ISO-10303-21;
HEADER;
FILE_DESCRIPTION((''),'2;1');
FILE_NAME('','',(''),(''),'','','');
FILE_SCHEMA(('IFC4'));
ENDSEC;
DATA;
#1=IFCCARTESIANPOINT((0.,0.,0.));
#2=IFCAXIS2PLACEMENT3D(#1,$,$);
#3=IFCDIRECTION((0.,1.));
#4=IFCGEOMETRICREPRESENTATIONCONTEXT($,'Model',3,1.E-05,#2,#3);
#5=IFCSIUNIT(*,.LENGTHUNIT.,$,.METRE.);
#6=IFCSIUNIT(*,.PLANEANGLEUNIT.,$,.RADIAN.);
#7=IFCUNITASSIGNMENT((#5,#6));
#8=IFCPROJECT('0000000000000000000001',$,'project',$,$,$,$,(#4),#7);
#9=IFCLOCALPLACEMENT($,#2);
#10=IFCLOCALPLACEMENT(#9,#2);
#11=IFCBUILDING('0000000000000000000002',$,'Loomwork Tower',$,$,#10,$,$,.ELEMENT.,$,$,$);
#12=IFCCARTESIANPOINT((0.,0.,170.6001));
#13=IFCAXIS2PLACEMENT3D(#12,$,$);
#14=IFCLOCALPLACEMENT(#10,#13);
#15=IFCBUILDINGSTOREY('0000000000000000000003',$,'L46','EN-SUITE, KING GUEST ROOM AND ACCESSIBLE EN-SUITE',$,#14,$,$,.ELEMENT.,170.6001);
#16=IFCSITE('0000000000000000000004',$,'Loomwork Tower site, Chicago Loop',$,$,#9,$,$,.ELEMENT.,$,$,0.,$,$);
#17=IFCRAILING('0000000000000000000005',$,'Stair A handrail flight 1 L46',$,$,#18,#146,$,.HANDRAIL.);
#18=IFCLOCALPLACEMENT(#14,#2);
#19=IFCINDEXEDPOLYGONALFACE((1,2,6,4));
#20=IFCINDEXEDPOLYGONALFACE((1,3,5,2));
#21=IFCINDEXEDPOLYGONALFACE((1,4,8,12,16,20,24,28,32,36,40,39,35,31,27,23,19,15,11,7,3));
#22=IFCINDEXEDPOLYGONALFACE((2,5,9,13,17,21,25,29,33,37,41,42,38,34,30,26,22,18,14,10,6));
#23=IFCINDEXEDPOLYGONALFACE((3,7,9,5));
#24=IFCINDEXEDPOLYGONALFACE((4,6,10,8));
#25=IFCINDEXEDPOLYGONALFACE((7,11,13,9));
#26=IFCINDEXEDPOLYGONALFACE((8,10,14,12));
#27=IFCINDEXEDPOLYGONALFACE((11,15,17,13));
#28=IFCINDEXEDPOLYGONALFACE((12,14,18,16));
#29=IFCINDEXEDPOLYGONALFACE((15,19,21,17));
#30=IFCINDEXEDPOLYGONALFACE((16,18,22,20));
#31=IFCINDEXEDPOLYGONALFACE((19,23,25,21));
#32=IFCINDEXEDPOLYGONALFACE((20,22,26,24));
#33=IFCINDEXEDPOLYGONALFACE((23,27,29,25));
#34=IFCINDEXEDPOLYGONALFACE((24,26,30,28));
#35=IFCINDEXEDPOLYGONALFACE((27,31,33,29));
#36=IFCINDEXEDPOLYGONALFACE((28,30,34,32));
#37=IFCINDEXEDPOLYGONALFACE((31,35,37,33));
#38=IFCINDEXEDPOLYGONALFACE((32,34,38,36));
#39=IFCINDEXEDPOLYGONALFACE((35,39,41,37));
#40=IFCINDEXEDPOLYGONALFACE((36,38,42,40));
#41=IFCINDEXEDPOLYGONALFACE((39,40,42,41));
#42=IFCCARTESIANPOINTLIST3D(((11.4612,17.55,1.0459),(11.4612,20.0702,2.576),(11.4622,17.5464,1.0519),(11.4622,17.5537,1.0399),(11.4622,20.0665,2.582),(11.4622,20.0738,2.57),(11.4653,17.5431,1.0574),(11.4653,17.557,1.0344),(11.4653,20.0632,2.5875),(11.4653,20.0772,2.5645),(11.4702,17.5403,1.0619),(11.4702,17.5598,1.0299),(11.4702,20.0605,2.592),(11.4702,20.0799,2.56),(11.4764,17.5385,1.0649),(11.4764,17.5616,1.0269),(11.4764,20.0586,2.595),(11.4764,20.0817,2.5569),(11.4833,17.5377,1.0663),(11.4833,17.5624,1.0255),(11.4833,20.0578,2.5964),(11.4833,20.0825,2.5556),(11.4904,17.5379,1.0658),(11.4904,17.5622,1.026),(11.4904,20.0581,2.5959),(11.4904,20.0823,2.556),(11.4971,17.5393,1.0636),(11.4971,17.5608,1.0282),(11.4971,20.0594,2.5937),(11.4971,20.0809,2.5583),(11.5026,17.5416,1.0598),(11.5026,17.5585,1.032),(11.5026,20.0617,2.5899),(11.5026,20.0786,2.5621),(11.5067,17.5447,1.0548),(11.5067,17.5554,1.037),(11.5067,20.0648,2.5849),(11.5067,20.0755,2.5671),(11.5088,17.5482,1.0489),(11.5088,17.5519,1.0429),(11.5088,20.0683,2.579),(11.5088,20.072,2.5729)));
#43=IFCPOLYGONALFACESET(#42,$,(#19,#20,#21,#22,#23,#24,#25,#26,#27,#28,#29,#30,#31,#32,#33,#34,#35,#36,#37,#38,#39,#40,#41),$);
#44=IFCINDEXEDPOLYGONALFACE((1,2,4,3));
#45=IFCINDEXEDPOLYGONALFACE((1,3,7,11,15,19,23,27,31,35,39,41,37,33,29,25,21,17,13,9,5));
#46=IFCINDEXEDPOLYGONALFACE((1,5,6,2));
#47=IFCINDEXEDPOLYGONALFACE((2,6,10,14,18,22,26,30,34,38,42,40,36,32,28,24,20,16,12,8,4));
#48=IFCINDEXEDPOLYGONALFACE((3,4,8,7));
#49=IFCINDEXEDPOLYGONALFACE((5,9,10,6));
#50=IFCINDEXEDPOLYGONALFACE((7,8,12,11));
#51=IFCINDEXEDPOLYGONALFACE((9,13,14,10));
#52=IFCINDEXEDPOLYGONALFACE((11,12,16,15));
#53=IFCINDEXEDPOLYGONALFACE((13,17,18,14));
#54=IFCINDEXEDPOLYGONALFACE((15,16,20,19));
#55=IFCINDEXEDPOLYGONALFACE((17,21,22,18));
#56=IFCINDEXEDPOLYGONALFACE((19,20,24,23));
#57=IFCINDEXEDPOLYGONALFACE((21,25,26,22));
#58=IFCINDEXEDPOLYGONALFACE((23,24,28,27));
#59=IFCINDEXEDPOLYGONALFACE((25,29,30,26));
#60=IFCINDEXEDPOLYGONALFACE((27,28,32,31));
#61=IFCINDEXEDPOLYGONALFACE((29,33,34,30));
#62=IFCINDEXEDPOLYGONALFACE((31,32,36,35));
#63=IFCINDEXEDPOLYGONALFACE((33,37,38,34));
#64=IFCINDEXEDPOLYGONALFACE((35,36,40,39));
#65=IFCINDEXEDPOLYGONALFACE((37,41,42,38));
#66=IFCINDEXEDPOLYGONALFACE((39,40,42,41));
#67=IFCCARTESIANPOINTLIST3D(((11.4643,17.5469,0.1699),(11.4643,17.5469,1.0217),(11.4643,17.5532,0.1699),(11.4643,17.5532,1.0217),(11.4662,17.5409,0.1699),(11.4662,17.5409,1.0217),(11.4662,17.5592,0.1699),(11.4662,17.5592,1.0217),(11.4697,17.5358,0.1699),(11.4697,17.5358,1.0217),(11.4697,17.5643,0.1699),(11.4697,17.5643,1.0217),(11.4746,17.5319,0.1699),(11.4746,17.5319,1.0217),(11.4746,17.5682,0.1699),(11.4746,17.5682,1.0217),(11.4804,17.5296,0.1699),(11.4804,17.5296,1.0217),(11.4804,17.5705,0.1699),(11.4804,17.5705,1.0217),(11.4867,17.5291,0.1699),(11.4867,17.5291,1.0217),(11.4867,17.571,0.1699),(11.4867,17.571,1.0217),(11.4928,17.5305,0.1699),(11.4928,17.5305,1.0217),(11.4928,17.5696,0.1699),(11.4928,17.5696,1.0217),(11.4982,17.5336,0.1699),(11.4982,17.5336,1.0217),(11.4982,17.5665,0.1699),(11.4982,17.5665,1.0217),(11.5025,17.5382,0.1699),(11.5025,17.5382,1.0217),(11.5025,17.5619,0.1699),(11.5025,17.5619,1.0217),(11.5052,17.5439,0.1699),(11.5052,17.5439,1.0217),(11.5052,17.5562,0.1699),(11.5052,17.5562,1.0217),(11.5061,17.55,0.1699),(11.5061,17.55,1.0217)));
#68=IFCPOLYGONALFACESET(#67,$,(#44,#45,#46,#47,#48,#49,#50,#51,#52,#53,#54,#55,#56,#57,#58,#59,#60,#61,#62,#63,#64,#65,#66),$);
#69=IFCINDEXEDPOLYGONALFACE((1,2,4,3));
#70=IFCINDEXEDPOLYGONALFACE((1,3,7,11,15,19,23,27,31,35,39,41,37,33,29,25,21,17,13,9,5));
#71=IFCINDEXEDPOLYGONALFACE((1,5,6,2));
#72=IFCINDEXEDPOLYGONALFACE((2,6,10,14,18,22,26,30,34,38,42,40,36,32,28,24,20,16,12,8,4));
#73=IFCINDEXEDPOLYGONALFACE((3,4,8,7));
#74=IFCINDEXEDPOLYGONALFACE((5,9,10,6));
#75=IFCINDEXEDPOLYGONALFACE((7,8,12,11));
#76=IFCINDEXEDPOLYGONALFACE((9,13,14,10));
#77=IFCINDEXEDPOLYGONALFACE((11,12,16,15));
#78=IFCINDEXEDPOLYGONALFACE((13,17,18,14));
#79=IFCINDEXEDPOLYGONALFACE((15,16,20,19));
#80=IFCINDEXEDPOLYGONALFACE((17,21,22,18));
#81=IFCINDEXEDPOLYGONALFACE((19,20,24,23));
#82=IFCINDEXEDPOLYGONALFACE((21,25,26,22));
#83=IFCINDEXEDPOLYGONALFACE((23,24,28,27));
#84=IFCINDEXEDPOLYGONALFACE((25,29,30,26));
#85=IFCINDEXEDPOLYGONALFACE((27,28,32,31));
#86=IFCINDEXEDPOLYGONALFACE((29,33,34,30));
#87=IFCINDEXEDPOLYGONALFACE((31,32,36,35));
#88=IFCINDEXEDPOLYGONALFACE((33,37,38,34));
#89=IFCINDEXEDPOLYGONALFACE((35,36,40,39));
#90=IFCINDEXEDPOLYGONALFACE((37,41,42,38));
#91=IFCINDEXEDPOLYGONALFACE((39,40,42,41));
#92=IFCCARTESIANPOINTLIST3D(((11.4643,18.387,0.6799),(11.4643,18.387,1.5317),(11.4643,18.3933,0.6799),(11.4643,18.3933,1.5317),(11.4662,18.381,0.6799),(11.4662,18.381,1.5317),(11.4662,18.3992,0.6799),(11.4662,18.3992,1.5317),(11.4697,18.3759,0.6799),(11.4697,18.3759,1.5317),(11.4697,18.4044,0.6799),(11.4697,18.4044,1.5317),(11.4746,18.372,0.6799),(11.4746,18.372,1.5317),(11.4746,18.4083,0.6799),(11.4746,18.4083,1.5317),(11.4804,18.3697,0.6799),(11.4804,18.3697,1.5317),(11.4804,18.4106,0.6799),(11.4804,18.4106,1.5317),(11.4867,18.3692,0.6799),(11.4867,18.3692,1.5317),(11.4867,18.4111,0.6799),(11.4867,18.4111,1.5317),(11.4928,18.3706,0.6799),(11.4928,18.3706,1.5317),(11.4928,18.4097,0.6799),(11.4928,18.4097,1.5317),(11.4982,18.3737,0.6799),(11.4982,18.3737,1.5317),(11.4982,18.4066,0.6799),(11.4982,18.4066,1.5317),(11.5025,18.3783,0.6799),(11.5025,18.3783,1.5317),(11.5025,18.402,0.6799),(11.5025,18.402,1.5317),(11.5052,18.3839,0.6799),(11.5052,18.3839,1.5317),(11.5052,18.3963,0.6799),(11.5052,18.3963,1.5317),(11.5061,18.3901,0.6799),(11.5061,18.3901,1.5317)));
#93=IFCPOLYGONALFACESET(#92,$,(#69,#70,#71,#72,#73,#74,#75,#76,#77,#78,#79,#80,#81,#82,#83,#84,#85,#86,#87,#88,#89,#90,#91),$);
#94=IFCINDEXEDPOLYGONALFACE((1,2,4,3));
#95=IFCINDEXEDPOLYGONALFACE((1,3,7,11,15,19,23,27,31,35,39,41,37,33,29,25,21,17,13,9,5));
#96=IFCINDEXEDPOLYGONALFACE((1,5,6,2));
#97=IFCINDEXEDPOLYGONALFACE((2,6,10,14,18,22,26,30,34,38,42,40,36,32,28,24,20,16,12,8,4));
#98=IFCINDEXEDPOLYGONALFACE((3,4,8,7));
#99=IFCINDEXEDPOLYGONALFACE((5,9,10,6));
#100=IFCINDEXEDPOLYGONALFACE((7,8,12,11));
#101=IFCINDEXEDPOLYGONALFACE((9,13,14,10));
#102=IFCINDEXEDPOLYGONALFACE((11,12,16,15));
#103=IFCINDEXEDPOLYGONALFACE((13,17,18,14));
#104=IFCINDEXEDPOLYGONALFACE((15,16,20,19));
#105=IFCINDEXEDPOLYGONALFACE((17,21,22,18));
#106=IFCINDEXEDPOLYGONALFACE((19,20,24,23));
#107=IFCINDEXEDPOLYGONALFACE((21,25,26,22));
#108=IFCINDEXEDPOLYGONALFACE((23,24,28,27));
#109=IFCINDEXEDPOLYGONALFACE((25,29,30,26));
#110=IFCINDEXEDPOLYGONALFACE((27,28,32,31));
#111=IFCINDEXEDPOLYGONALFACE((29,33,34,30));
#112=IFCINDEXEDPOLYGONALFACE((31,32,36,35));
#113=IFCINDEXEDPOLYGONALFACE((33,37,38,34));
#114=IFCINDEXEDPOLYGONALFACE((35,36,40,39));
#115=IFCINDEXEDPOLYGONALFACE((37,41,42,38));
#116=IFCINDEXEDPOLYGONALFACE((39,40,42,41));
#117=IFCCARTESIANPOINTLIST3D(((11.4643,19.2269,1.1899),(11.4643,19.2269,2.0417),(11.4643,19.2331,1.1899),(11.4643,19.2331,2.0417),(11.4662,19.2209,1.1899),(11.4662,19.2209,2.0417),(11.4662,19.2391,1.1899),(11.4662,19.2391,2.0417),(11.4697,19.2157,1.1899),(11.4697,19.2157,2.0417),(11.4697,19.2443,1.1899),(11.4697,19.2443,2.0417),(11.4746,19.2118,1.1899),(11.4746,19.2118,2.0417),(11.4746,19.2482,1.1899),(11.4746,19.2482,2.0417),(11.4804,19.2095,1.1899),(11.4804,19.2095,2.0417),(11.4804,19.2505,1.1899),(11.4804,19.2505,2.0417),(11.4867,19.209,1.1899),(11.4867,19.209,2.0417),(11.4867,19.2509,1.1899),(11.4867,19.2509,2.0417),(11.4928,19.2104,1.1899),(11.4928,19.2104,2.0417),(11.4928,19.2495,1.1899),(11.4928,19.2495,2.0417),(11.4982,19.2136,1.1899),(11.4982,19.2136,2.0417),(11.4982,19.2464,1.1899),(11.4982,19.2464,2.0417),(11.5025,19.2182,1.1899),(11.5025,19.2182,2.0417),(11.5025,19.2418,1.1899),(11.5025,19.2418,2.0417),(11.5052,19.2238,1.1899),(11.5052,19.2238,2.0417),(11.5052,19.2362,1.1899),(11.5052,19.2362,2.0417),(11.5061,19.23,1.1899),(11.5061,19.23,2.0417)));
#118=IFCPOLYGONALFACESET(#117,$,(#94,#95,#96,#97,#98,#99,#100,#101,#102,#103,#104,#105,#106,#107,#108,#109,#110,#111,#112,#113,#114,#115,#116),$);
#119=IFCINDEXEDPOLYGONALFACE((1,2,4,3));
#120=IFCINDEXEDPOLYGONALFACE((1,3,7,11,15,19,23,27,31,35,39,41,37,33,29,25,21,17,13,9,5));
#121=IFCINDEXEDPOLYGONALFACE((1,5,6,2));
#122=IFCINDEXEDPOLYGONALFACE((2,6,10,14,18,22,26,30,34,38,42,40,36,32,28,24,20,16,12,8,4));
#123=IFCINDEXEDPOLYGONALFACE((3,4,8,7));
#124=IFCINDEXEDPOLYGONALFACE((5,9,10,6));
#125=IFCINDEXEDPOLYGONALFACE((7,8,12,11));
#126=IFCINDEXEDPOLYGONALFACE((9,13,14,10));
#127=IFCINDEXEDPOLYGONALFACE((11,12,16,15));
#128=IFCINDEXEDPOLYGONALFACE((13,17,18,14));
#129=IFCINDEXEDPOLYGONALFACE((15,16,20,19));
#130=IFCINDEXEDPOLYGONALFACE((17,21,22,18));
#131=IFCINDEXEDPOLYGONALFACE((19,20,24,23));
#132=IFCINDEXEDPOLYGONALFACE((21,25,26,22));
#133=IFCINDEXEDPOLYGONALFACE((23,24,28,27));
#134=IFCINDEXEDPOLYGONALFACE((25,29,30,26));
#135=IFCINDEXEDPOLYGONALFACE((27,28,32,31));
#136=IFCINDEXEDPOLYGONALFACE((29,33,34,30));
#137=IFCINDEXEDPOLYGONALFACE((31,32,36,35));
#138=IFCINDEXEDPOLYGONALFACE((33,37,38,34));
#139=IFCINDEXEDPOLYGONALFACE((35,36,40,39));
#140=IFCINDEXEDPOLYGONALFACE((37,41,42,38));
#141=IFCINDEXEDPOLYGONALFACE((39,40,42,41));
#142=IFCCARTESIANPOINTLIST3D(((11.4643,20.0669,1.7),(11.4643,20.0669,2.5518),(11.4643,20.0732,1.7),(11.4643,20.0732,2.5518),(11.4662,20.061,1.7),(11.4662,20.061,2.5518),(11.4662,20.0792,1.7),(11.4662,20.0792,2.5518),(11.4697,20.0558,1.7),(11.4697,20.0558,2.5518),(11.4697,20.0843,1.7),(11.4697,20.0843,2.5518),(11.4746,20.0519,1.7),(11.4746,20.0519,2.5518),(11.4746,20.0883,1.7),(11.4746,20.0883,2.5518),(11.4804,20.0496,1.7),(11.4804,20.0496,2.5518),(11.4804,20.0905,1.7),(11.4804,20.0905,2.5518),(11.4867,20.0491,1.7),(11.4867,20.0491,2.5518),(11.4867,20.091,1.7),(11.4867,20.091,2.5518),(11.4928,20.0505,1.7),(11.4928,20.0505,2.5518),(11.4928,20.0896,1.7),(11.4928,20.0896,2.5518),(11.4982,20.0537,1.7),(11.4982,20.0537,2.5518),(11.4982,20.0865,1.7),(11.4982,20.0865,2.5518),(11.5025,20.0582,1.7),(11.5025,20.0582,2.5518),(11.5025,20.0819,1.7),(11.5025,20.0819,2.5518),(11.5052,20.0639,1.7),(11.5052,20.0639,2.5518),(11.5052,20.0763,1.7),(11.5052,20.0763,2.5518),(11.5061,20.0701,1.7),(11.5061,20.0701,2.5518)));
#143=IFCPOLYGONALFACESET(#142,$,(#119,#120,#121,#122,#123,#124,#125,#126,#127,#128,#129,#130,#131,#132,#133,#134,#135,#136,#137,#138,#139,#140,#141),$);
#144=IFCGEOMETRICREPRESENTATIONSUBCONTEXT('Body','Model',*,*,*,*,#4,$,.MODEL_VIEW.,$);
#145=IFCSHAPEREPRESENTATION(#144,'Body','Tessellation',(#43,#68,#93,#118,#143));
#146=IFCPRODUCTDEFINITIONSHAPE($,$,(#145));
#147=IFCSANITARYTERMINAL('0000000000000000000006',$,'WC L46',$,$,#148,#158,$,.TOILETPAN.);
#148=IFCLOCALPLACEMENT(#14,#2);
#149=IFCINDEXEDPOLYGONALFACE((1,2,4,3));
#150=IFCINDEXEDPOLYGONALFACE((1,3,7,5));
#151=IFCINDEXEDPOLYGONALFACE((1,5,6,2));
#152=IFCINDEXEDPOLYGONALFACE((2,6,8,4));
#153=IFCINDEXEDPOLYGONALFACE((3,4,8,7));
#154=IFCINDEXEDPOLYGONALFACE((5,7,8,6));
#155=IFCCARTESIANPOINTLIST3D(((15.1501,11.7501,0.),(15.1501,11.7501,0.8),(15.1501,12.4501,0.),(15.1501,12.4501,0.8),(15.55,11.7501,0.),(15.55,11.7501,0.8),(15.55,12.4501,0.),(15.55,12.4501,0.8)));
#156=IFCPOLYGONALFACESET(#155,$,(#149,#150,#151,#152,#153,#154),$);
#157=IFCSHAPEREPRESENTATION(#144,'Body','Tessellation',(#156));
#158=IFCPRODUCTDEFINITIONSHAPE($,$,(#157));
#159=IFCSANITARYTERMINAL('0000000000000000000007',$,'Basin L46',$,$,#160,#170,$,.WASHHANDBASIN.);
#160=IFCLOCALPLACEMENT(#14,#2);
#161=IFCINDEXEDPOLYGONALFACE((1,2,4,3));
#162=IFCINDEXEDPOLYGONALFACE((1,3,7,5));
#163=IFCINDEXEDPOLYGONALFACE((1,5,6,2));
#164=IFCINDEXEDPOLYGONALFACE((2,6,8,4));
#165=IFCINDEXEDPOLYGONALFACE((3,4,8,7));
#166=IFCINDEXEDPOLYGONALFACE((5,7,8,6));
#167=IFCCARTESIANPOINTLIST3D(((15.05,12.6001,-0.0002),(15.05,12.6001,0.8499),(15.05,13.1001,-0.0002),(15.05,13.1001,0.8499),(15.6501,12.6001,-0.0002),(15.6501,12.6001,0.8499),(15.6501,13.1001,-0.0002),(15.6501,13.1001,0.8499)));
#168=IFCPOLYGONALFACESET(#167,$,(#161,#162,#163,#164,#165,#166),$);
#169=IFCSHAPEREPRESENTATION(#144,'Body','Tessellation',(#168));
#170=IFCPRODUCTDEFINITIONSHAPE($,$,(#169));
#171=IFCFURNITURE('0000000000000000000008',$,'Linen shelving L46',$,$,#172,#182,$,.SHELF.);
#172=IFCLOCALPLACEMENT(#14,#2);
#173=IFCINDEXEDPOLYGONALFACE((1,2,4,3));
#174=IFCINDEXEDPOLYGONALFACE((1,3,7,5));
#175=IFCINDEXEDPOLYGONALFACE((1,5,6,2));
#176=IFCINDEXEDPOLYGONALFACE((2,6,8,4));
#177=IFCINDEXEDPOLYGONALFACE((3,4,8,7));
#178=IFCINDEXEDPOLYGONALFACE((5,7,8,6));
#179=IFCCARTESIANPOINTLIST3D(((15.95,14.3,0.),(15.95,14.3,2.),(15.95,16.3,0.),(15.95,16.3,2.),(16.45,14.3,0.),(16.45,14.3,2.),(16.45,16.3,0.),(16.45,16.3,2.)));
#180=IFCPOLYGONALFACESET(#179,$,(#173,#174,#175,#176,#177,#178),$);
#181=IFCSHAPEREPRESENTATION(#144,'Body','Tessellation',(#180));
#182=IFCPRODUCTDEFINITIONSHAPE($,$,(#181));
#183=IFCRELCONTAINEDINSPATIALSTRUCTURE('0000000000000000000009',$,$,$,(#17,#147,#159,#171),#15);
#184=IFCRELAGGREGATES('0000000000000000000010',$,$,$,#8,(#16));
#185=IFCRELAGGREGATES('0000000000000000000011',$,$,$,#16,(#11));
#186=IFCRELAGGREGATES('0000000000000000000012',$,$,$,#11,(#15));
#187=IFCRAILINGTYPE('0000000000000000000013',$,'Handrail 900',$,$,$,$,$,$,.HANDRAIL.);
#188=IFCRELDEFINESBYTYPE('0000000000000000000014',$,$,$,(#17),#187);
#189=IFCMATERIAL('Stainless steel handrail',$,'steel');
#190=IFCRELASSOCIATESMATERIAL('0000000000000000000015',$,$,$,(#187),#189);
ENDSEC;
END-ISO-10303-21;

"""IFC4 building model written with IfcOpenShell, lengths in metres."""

from ifc_helpers import new_model, si_unit, direction, frame, origin, origin_2d, place, context, subcontext, project, spatial, rectangle, circle, extrude, material, type_object, element, save


model = new_model("IFC4")

# Units and contexts
model_context = context("Model", 3, precision=1e-05, world=origin(), true_north=direction((0.0, 1.0)))
body_context = subcontext(model_context, "Body", "Model", "MODEL_VIEW")
ifc_project = project(units=[si_unit("LENGTHUNIT", "METRE"), si_unit("PLANEANGLEUNIT", "RADIAN")], contexts=[model_context])

# Site, building, storey
site_placement = place(None, origin())
site = spatial("IfcSite", under=ifc_project, at=site_placement, Name="Loomwork Tower site, Chicago Loop", CompositionType="ELEMENT", RefElevation=0.0)
building_placement = place(site_placement, origin())
building = spatial("IfcBuilding", under=site, at=building_placement, Name="Loomwork Tower", CompositionType="ELEMENT")
storey_placement = place(building_placement, frame((0.0, 0.0, 170.6001)))
storey = spatial("IfcBuildingStorey", under=building, at=storey_placement, Name="L46", Description="EN-SUITE, KING GUEST ROOM AND ACCESSIBLE EN-SUITE", CompositionType="ELEMENT", Elevation=170.6001)

# Railing
ifc_material_1 = material(Name="Stainless steel handrail", Category="steel")
railing_type = type_object("IfcRailingType", Name="Handrail 900", PredefinedType="HANDRAIL", material=ifc_material_1)
railing_placement = place(storey_placement, frame((11.4851, 17.55, 0.1699)))
element("IfcRailing", 1, at=railing_placement, inside=storey, type_object=railing_type, Name="Stair A handrail flight 1 L46", PredefinedType="HANDRAIL", context=body_context, shape_type="SweptSolid", body=[
    extrude(circle(Radius=0.0239, at=origin_2d()), frame((0.0, 0.0, 0.876), z_axis=(0.0, 0.854785, 0.518982), x_axis=(-1.0, 0.0, 0.0)), (0.0, 0.0, 1.0), 2.9482),
    extrude(circle(Radius=0.021, at=origin_2d()), origin(), (0.0, 0.0, 1.0), 0.8518),
    extrude(circle(Radius=0.021, at=origin_2d()), frame((0.0, 0.8401, 0.51)), (0.0, 0.0, 1.0), 0.8518),
    extrude(circle(Radius=0.021, at=origin_2d()), frame((0.0, 1.6799, 1.02)), (0.0, 0.0, 1.0), 0.8518),
    extrude(circle(Radius=0.021, at=origin_2d()), frame((0.0, 2.52, 1.53)), (0.0, 0.0, 1.0), 0.8518),
])

# Sanitary terminals
sanitary_terminal_1_placement = place(storey_placement, frame((15.3501, 12.1001, 0.0), z_axis=(0.0, 0.0, 1.0), x_axis=(1.0, 0.0, 0.0)))
element("IfcSanitaryTerminal", 2, at=sanitary_terminal_1_placement, inside=storey, Name="WC L46", PredefinedType="TOILETPAN", context=body_context, shape_type="SweptSolid", body=[
    extrude(rectangle(XDim=0.3999, YDim=0.7, at=origin_2d()), origin(), (0.0, 0.0, 1.0), 0.8),
])
sanitary_terminal_2_placement = place(storey_placement, frame((15.3501, 12.8501, -0.0002), z_axis=(0.0, 0.0, 1.0), x_axis=(1.0, 0.0, 0.0)))
element("IfcSanitaryTerminal", 3, at=sanitary_terminal_2_placement, inside=storey, Name="Basin L46", PredefinedType="WASHHANDBASIN", context=body_context, shape_type="SweptSolid", body=[
    extrude(rectangle(XDim=0.6001, YDim=0.5, at=origin_2d()), origin(), (0.0, 0.0, 1.0), 0.8501),
])

# Furniture
furniture_placement = place(storey_placement, frame((16.2, 15.3, 0.0), z_axis=(0.0, 0.0, 1.0), x_axis=(1.0, 0.0, 0.0)))
element("IfcFurniture", 4, at=furniture_placement, inside=storey, Name="Linen shelving L46", PredefinedType="SHELF", context=body_context, shape_type="SweptSolid", body=[
    extrude(rectangle(XDim=0.5, YDim=2.0, at=origin_2d()), origin(), (0.0, 0.0, 1.0), 2.0),
])

save(model, "model.ifc")
